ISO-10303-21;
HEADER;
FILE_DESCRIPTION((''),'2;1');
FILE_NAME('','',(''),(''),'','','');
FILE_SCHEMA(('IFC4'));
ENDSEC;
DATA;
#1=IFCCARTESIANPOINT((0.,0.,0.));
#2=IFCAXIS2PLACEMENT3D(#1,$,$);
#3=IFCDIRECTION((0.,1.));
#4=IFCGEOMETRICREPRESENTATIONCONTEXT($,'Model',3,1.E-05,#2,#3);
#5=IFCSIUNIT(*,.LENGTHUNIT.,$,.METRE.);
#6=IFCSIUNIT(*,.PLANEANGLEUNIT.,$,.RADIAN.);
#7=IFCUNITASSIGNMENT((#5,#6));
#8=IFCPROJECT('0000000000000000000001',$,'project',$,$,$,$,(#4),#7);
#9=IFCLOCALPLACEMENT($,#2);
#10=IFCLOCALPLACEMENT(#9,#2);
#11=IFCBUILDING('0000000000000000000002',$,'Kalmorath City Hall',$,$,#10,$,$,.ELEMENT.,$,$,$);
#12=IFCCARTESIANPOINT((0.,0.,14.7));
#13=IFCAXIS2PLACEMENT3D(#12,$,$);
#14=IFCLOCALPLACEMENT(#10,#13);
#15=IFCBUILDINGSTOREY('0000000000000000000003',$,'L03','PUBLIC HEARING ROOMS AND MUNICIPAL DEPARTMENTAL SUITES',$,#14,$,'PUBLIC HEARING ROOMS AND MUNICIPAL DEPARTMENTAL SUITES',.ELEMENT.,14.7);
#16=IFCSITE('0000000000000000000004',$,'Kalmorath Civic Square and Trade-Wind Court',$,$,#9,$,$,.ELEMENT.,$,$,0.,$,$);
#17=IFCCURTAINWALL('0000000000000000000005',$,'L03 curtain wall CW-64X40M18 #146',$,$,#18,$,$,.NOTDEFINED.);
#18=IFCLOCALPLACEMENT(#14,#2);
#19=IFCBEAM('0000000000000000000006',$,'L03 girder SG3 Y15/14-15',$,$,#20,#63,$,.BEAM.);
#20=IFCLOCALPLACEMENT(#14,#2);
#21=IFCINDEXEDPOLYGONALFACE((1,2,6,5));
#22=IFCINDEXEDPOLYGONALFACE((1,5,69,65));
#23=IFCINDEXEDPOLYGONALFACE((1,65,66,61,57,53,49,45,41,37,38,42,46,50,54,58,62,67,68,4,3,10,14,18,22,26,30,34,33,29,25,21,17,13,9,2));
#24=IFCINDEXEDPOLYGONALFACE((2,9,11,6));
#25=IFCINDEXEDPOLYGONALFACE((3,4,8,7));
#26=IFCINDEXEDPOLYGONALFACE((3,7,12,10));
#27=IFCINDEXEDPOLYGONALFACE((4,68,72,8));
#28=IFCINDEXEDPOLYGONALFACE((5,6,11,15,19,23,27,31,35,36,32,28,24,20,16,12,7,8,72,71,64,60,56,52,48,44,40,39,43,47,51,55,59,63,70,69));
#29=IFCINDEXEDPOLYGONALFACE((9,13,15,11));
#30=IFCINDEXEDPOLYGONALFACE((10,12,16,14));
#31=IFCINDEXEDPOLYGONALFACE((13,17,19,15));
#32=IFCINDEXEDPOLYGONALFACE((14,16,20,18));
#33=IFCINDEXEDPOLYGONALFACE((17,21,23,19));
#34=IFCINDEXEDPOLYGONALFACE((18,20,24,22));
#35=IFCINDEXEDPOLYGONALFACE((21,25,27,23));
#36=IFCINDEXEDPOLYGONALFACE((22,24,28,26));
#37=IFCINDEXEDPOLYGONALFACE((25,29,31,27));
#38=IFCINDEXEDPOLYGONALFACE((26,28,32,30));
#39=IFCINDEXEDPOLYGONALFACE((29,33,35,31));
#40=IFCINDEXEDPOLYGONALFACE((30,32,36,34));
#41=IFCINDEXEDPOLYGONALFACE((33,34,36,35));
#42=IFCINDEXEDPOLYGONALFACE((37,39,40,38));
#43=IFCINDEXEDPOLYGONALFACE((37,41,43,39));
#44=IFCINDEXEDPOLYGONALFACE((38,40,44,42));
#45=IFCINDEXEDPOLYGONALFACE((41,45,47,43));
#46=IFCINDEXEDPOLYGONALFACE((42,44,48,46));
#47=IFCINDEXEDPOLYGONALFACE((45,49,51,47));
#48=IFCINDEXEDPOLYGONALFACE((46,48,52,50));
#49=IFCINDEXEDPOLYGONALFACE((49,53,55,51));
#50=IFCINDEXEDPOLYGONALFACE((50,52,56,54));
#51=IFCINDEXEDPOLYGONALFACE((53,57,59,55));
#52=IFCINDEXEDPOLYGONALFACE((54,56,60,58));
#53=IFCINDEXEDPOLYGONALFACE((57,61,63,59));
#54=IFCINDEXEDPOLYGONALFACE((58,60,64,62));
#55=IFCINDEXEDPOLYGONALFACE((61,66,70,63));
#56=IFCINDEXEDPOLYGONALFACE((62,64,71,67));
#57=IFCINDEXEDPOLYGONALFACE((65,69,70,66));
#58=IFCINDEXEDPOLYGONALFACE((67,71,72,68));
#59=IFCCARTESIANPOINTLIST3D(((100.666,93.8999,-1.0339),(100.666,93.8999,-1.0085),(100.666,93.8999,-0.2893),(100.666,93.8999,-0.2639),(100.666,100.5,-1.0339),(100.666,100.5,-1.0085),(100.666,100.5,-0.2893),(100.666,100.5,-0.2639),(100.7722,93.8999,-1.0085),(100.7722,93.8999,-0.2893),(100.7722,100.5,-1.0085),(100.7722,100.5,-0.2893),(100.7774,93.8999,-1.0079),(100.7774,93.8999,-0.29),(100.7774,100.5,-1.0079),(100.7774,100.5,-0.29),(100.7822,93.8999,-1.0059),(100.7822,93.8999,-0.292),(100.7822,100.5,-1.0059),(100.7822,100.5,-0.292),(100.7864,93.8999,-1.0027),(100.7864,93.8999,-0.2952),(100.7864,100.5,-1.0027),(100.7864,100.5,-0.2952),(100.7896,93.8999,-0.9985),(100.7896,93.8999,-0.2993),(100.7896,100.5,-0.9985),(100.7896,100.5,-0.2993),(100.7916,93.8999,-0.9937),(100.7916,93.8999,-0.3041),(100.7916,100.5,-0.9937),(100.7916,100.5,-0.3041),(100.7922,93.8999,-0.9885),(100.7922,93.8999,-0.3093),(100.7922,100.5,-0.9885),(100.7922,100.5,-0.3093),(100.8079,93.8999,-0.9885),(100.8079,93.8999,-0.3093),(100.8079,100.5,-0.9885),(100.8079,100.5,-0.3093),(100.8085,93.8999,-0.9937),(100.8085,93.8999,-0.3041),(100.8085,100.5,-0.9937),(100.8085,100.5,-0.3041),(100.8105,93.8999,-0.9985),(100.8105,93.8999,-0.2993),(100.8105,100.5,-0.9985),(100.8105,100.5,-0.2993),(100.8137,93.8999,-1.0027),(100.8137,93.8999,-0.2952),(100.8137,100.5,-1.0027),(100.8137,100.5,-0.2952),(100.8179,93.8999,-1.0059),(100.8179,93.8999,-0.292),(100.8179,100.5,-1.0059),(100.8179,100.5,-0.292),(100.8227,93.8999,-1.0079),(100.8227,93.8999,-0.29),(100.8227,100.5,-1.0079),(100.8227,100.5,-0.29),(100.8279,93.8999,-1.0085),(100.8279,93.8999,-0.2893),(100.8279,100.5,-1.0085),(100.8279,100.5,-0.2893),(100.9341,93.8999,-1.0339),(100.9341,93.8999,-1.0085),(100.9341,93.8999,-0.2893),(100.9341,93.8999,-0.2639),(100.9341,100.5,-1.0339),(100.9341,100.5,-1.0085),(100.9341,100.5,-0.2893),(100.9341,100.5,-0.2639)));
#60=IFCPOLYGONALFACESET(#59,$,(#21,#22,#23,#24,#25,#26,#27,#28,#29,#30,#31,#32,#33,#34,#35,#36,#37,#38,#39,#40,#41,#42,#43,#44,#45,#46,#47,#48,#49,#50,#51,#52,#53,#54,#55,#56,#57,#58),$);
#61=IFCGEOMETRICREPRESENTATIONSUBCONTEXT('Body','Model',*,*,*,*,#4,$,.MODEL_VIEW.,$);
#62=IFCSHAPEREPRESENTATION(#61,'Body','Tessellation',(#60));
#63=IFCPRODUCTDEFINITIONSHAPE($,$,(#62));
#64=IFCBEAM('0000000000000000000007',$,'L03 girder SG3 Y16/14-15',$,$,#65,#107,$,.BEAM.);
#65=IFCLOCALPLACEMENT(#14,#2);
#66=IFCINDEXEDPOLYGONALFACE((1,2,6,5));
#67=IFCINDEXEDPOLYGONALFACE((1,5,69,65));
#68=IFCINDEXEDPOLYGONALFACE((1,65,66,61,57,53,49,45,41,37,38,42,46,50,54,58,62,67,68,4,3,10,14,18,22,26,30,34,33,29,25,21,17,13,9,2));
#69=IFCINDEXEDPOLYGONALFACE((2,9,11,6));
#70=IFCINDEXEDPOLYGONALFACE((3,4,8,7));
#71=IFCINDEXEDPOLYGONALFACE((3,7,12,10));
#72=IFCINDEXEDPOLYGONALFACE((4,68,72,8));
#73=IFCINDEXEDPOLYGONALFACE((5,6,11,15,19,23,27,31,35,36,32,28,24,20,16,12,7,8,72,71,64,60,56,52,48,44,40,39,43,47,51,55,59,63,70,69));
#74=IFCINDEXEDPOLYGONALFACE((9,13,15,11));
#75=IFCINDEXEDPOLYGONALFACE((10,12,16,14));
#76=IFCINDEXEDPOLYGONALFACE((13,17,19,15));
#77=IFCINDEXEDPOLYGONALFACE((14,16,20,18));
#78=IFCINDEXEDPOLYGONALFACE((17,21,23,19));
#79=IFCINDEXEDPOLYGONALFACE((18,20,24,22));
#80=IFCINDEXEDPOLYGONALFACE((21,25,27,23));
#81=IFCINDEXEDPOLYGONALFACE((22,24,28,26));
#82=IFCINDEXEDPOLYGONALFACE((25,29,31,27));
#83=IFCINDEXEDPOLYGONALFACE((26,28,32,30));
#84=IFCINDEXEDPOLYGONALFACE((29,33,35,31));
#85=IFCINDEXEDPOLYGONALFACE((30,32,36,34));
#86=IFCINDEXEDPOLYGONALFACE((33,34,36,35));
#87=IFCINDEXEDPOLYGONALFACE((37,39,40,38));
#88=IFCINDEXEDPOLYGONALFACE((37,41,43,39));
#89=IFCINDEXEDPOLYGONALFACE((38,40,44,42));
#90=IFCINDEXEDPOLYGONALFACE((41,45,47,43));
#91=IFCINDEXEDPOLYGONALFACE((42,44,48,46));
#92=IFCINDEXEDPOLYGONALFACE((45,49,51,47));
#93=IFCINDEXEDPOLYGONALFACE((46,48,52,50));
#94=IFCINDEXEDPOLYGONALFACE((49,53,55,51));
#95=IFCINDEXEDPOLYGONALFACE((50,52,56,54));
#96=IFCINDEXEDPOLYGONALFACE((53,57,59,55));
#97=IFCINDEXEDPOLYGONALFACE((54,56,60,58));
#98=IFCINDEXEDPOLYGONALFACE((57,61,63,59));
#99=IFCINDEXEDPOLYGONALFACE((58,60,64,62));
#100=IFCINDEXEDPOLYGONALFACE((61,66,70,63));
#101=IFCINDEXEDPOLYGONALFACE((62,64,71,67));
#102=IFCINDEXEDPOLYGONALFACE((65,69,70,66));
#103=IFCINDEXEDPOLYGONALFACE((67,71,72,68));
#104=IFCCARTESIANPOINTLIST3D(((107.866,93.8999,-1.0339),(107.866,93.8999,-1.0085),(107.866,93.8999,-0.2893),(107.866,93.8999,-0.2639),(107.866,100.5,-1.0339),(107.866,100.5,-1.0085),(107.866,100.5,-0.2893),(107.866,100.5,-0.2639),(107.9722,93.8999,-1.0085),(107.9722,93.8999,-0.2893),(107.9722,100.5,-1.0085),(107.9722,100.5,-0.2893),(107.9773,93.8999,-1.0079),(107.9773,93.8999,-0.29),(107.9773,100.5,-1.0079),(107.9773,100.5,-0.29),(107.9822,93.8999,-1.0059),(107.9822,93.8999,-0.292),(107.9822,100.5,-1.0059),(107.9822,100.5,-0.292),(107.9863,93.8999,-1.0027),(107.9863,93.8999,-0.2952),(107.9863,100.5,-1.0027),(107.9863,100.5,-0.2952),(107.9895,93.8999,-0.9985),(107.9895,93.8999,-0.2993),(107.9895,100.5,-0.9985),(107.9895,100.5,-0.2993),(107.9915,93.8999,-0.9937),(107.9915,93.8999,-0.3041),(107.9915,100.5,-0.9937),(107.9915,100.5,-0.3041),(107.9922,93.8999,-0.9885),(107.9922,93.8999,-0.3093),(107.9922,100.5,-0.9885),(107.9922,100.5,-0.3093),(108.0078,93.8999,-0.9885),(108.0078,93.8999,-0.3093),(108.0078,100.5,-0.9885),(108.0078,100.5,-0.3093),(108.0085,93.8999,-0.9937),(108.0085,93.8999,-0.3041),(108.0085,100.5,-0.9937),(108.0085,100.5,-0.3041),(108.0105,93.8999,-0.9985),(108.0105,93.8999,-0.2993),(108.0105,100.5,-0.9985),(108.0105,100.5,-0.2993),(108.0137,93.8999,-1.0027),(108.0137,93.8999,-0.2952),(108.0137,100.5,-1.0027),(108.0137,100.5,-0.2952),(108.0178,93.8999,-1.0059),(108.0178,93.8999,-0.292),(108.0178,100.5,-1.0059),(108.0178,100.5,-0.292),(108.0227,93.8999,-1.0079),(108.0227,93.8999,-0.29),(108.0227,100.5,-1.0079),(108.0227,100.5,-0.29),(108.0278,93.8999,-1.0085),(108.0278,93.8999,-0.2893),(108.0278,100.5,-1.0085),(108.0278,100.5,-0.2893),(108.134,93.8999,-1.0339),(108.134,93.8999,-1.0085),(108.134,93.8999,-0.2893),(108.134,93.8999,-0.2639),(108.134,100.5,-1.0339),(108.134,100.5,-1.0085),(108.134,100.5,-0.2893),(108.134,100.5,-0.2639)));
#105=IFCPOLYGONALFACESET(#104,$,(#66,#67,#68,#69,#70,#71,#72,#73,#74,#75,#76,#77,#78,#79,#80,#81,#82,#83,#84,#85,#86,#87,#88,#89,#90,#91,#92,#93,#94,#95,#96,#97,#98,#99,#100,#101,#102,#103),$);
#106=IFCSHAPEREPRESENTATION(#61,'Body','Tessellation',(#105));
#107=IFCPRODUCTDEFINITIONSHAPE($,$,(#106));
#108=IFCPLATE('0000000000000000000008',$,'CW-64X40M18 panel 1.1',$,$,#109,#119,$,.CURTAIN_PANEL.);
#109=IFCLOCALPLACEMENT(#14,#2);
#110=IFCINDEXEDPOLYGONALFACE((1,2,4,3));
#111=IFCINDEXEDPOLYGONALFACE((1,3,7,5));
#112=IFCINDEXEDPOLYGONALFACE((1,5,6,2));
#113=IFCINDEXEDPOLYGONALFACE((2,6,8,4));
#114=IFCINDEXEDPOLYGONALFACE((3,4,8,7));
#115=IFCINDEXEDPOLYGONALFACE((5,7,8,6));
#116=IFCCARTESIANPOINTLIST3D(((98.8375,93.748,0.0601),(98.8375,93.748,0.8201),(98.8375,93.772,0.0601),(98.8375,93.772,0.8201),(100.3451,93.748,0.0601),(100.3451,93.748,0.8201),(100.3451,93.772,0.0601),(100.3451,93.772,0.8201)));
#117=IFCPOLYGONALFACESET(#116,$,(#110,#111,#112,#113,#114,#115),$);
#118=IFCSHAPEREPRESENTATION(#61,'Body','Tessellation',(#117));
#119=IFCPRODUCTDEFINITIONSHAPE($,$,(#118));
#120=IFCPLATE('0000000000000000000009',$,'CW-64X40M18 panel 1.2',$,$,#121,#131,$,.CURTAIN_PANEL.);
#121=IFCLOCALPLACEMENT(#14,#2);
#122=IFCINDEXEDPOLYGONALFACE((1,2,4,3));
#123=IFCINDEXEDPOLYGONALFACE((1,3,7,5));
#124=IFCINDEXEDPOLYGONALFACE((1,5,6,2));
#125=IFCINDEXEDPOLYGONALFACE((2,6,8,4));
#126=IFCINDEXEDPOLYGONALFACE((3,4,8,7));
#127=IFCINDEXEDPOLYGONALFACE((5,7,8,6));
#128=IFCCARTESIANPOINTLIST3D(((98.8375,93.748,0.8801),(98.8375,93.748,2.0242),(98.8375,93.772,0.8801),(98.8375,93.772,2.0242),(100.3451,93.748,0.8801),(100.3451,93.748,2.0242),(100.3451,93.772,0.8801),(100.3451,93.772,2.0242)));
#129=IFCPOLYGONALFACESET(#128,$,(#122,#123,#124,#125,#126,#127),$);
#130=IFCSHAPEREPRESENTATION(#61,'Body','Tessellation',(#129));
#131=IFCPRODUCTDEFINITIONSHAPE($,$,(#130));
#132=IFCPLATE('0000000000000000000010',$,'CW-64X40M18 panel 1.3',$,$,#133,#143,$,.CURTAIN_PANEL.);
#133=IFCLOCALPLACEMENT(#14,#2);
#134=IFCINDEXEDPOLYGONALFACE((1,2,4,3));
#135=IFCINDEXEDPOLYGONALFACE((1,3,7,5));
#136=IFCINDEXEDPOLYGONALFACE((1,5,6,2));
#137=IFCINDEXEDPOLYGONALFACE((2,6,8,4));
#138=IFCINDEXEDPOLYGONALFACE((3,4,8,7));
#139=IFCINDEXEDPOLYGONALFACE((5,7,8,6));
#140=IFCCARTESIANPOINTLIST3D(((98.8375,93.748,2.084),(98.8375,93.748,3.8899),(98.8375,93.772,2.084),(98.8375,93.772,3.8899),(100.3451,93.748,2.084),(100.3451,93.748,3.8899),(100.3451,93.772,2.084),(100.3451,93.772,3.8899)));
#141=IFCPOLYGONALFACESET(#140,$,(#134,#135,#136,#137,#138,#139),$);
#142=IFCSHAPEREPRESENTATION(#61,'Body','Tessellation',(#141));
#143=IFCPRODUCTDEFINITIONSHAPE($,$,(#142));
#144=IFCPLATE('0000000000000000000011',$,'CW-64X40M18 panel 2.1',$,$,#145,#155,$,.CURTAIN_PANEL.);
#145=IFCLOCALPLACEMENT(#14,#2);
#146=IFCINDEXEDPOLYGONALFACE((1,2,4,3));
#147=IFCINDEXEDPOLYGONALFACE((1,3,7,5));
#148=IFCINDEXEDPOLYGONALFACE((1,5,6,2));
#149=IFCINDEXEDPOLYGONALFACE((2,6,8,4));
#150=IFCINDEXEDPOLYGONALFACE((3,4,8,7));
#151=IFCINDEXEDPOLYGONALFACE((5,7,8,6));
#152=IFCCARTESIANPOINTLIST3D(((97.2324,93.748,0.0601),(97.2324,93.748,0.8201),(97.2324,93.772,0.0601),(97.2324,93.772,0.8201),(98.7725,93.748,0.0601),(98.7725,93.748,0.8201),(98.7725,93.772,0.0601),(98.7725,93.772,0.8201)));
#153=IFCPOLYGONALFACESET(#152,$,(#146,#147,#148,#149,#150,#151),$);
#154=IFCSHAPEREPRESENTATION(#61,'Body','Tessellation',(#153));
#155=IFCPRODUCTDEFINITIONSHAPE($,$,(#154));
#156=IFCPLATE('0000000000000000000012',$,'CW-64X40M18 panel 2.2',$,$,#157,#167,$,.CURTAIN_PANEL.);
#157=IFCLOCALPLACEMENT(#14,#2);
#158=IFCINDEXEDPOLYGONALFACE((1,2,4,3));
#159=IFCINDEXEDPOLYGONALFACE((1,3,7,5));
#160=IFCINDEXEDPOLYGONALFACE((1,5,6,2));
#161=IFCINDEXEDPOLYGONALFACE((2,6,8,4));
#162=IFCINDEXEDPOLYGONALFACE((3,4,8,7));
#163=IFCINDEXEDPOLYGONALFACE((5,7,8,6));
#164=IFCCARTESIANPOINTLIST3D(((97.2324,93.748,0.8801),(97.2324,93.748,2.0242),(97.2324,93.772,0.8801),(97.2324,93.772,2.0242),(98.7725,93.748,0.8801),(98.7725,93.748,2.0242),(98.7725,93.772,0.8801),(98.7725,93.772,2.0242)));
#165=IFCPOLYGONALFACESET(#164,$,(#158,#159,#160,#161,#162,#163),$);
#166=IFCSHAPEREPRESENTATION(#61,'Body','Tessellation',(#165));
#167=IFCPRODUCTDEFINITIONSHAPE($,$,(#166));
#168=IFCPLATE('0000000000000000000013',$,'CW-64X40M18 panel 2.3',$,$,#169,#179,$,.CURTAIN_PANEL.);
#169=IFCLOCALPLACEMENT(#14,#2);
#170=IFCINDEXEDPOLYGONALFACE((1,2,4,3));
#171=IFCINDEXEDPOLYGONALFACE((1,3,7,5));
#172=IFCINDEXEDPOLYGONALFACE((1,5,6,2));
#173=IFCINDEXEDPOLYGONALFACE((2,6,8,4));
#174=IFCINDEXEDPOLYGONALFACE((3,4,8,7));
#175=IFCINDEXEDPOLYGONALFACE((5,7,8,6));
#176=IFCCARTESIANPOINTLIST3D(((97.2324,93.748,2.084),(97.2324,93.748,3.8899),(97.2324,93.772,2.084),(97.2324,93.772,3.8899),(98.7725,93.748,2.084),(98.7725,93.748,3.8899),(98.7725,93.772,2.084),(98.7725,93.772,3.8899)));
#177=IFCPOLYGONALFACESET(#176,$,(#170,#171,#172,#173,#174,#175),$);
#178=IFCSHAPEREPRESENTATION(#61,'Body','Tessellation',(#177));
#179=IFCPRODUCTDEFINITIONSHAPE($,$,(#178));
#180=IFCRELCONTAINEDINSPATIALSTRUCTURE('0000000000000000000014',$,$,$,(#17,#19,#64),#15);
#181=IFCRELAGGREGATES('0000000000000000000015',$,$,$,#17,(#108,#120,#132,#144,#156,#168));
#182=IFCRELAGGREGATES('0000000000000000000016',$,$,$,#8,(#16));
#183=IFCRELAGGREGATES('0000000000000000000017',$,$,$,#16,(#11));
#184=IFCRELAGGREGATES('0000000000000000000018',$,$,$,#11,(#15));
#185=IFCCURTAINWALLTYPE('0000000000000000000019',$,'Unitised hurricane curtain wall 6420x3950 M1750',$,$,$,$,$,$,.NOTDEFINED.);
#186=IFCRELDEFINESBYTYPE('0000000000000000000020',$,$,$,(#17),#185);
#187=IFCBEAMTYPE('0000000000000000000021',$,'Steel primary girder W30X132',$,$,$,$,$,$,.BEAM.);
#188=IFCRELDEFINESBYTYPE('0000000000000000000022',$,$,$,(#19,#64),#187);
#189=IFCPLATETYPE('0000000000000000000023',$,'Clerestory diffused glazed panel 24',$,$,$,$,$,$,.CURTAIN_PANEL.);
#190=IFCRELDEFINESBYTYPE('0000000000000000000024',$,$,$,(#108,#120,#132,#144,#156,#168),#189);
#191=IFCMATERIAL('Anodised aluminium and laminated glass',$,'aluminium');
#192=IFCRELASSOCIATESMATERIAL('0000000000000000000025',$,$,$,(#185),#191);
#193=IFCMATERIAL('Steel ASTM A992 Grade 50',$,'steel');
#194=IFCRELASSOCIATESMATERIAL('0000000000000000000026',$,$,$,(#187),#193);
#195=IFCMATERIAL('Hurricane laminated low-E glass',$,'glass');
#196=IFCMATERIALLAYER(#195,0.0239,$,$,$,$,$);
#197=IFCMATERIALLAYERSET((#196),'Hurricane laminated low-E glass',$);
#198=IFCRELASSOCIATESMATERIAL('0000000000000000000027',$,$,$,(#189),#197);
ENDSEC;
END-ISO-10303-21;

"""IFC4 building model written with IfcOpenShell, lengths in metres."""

from ifc_helpers import new_model, si_unit, direction, frame, origin, origin_2d, place, context, subcontext, project, spatial, rectangle, i_section, extrude, material, layer, layer_set, material_profile, profile_set, type_object, element, aggregate, save


model = new_model("IFC4")

# Units and contexts
model_context = context("Model", 3, precision=1e-05, world=origin(), true_north=direction((0.0, 1.0)))
body_context = subcontext(model_context, "Body", "Model", "MODEL_VIEW")
ifc_project = project(units=[si_unit("LENGTHUNIT", "METRE"), si_unit("PLANEANGLEUNIT", "RADIAN")], contexts=[model_context])

# Site, building, storey
site_placement = place(None, origin())
site = spatial("IfcSite", under=ifc_project, at=site_placement, Name="Kalmorath Civic Square and Trade-Wind Court", CompositionType="ELEMENT", RefElevation=0.0)
building_placement = place(site_placement, origin())
building = spatial("IfcBuilding", under=site, at=building_placement, Name="Kalmorath City Hall", CompositionType="ELEMENT")
storey_placement = place(building_placement, frame((0.0, 0.0, 14.7)))
storey = spatial("IfcBuildingStorey", under=building, at=storey_placement, Name="L03", Description="PUBLIC HEARING ROOMS AND MUNICIPAL DEPARTMENTAL SUITES", LongName="PUBLIC HEARING ROOMS AND MUNICIPAL DEPARTMENTAL SUITES", CompositionType="ELEMENT", Elevation=14.7)

# Curtain wall
ifc_material_1 = material(Name="Anodised aluminium and laminated glass", Category="aluminium")
curtain_wall_type = type_object("IfcCurtainWallType", Name="Unitised hurricane curtain wall 6420x3950 M1750", PredefinedType="NOTDEFINED", material=ifc_material_1)
curtain_wall_placement = place(storey_placement, origin())
curtain_wall = element("IfcCurtainWall", 1, at=curtain_wall_placement, inside=storey, type_object=curtain_wall_type, Name="L03 curtain wall CW-64X40M18 #146", PredefinedType="NOTDEFINED")

# Beams
ifc_material_2 = material(Name="Steel ASTM A992 Grade 50", Category="steel")
ifc_material_profile_1 = material_profile(ifc_material_2, i_section(OverallWidth=0.2681, OverallDepth=0.77, WebThickness=0.0156, FlangeThickness=0.0254, FilletRadius=0.02, at=origin_2d()), Name="W30X132")
ifc_profile_set_1 = profile_set([ifc_material_profile_1], Name="Steel ASTM A992 Grade 50")
beam_type_1 = type_object("IfcBeamType", Name="Steel primary girder W30X132", PredefinedType="BEAM", material=ifc_profile_set_1)
for number, where, z_axis, x_axis, name in (
    (2, (100.8, 93.8999, -0.6489), (0.0, 1.0, 0.0), (-1.0, 0.0, 0.0), "L03 girder SG3 Y15/14-15"),
    (3, (108.0, 93.8999, -0.6489), (0.0, 1.0, 0.0), (-1.0, 0.0, 0.0), "L03 girder SG3 Y16/14-15"),
):
    element("IfcBeam", number, at=place(storey_placement, frame(where, z_axis=z_axis, x_axis=x_axis)), inside=storey, type_object=beam_type_1, Name=name, PredefinedType="BEAM", context=body_context, shape_type="SweptSolid", body=[
        extrude(i_section(OverallWidth=0.2681, OverallDepth=0.77, WebThickness=0.0156, FlangeThickness=0.0254, FilletRadius=0.02, at=origin_2d()), origin(), (0.0, 0.0, 1.0), 6.6001),
    ])

# Plates
ifc_material_3 = material(Name="Hurricane laminated low-E glass", Category="glass")
ifc_layer_1 = layer(ifc_material_3, 0.0239)
ifc_layer_set_1 = layer_set([ifc_layer_1], Name="Hurricane laminated low-E glass")
plate_type = type_object("IfcPlateType", Name="Clerestory diffused glazed panel 24", PredefinedType="CURTAIN_PANEL", material=ifc_layer_set_1)
plate_1_placement = place(storey_placement, frame((99.5913, 93.76, 0.0601), z_axis=(0.0, 0.0, 1.0), x_axis=(-1.0, 0.0, 0.0)))
plate_1 = element("IfcPlate", 4, at=plate_1_placement, type_object=plate_type, Name="CW-64X40M18 panel 1.1", PredefinedType="CURTAIN_PANEL", context=body_context, shape_type="SweptSolid", body=[
    extrude(rectangle(XDim=1.5076, YDim=0.0239, at=origin_2d()), origin(), (0.0, 0.0, 1.0), 0.76),
])
plate_2_placement = place(storey_placement, frame((99.5913, 93.76, 0.8801), z_axis=(0.0, 0.0, 1.0), x_axis=(-1.0, 0.0, 0.0)))
plate_2 = element("IfcPlate", 5, at=plate_2_placement, type_object=plate_type, Name="CW-64X40M18 panel 1.2", PredefinedType="CURTAIN_PANEL", context=body_context, shape_type="SweptSolid", body=[
    extrude(rectangle(XDim=1.5076, YDim=0.0239, at=origin_2d()), origin(), (0.0, 0.0, 1.0), 1.144),
])
plate_3_placement = place(storey_placement, frame((99.5913, 93.76, 2.084), z_axis=(0.0, 0.0, 1.0), x_axis=(-1.0, 0.0, 0.0)))
plate_3 = element("IfcPlate", 6, at=plate_3_placement, type_object=plate_type, Name="CW-64X40M18 panel 1.3", PredefinedType="CURTAIN_PANEL", context=body_context, shape_type="SweptSolid", body=[
    extrude(rectangle(XDim=1.5076, YDim=0.0239, at=origin_2d()), origin(), (0.0, 0.0, 1.0), 1.8059),
])
plate_4_placement = place(storey_placement, frame((98.0024, 93.76, 0.0601), z_axis=(0.0, 0.0, 1.0), x_axis=(-1.0, 0.0, 0.0)))
plate_4 = element("IfcPlate", 7, at=plate_4_placement, type_object=plate_type, Name="CW-64X40M18 panel 2.1", PredefinedType="CURTAIN_PANEL", context=body_context, shape_type="SweptSolid", body=[
    extrude(rectangle(XDim=1.54, YDim=0.0239, at=origin_2d()), origin(), (0.0, 0.0, 1.0), 0.76),
])
plate_5_placement = place(storey_placement, frame((98.0024, 93.76, 0.8801), z_axis=(0.0, 0.0, 1.0), x_axis=(-1.0, 0.0, 0.0)))
plate_5 = element("IfcPlate", 8, at=plate_5_placement, type_object=plate_type, Name="CW-64X40M18 panel 2.2", PredefinedType="CURTAIN_PANEL", context=body_context, shape_type="SweptSolid", body=[
    extrude(rectangle(XDim=1.54, YDim=0.0239, at=origin_2d()), origin(), (0.0, 0.0, 1.0), 1.144),
])
plate_6_placement = place(storey_placement, frame((98.0024, 93.76, 2.084), z_axis=(0.0, 0.0, 1.0), x_axis=(-1.0, 0.0, 0.0)))
plate_6 = element("IfcPlate", 9, at=plate_6_placement, type_object=plate_type, Name="CW-64X40M18 panel 2.3", PredefinedType="CURTAIN_PANEL", context=body_context, shape_type="SweptSolid", body=[
    extrude(rectangle(XDim=1.54, YDim=0.0239, at=origin_2d()), origin(), (0.0, 0.0, 1.0), 1.8059),
])
aggregate(curtain_wall, [plate_1, plate_2, plate_3, plate_4, plate_5, plate_6])

save(model, "model.ifc")
